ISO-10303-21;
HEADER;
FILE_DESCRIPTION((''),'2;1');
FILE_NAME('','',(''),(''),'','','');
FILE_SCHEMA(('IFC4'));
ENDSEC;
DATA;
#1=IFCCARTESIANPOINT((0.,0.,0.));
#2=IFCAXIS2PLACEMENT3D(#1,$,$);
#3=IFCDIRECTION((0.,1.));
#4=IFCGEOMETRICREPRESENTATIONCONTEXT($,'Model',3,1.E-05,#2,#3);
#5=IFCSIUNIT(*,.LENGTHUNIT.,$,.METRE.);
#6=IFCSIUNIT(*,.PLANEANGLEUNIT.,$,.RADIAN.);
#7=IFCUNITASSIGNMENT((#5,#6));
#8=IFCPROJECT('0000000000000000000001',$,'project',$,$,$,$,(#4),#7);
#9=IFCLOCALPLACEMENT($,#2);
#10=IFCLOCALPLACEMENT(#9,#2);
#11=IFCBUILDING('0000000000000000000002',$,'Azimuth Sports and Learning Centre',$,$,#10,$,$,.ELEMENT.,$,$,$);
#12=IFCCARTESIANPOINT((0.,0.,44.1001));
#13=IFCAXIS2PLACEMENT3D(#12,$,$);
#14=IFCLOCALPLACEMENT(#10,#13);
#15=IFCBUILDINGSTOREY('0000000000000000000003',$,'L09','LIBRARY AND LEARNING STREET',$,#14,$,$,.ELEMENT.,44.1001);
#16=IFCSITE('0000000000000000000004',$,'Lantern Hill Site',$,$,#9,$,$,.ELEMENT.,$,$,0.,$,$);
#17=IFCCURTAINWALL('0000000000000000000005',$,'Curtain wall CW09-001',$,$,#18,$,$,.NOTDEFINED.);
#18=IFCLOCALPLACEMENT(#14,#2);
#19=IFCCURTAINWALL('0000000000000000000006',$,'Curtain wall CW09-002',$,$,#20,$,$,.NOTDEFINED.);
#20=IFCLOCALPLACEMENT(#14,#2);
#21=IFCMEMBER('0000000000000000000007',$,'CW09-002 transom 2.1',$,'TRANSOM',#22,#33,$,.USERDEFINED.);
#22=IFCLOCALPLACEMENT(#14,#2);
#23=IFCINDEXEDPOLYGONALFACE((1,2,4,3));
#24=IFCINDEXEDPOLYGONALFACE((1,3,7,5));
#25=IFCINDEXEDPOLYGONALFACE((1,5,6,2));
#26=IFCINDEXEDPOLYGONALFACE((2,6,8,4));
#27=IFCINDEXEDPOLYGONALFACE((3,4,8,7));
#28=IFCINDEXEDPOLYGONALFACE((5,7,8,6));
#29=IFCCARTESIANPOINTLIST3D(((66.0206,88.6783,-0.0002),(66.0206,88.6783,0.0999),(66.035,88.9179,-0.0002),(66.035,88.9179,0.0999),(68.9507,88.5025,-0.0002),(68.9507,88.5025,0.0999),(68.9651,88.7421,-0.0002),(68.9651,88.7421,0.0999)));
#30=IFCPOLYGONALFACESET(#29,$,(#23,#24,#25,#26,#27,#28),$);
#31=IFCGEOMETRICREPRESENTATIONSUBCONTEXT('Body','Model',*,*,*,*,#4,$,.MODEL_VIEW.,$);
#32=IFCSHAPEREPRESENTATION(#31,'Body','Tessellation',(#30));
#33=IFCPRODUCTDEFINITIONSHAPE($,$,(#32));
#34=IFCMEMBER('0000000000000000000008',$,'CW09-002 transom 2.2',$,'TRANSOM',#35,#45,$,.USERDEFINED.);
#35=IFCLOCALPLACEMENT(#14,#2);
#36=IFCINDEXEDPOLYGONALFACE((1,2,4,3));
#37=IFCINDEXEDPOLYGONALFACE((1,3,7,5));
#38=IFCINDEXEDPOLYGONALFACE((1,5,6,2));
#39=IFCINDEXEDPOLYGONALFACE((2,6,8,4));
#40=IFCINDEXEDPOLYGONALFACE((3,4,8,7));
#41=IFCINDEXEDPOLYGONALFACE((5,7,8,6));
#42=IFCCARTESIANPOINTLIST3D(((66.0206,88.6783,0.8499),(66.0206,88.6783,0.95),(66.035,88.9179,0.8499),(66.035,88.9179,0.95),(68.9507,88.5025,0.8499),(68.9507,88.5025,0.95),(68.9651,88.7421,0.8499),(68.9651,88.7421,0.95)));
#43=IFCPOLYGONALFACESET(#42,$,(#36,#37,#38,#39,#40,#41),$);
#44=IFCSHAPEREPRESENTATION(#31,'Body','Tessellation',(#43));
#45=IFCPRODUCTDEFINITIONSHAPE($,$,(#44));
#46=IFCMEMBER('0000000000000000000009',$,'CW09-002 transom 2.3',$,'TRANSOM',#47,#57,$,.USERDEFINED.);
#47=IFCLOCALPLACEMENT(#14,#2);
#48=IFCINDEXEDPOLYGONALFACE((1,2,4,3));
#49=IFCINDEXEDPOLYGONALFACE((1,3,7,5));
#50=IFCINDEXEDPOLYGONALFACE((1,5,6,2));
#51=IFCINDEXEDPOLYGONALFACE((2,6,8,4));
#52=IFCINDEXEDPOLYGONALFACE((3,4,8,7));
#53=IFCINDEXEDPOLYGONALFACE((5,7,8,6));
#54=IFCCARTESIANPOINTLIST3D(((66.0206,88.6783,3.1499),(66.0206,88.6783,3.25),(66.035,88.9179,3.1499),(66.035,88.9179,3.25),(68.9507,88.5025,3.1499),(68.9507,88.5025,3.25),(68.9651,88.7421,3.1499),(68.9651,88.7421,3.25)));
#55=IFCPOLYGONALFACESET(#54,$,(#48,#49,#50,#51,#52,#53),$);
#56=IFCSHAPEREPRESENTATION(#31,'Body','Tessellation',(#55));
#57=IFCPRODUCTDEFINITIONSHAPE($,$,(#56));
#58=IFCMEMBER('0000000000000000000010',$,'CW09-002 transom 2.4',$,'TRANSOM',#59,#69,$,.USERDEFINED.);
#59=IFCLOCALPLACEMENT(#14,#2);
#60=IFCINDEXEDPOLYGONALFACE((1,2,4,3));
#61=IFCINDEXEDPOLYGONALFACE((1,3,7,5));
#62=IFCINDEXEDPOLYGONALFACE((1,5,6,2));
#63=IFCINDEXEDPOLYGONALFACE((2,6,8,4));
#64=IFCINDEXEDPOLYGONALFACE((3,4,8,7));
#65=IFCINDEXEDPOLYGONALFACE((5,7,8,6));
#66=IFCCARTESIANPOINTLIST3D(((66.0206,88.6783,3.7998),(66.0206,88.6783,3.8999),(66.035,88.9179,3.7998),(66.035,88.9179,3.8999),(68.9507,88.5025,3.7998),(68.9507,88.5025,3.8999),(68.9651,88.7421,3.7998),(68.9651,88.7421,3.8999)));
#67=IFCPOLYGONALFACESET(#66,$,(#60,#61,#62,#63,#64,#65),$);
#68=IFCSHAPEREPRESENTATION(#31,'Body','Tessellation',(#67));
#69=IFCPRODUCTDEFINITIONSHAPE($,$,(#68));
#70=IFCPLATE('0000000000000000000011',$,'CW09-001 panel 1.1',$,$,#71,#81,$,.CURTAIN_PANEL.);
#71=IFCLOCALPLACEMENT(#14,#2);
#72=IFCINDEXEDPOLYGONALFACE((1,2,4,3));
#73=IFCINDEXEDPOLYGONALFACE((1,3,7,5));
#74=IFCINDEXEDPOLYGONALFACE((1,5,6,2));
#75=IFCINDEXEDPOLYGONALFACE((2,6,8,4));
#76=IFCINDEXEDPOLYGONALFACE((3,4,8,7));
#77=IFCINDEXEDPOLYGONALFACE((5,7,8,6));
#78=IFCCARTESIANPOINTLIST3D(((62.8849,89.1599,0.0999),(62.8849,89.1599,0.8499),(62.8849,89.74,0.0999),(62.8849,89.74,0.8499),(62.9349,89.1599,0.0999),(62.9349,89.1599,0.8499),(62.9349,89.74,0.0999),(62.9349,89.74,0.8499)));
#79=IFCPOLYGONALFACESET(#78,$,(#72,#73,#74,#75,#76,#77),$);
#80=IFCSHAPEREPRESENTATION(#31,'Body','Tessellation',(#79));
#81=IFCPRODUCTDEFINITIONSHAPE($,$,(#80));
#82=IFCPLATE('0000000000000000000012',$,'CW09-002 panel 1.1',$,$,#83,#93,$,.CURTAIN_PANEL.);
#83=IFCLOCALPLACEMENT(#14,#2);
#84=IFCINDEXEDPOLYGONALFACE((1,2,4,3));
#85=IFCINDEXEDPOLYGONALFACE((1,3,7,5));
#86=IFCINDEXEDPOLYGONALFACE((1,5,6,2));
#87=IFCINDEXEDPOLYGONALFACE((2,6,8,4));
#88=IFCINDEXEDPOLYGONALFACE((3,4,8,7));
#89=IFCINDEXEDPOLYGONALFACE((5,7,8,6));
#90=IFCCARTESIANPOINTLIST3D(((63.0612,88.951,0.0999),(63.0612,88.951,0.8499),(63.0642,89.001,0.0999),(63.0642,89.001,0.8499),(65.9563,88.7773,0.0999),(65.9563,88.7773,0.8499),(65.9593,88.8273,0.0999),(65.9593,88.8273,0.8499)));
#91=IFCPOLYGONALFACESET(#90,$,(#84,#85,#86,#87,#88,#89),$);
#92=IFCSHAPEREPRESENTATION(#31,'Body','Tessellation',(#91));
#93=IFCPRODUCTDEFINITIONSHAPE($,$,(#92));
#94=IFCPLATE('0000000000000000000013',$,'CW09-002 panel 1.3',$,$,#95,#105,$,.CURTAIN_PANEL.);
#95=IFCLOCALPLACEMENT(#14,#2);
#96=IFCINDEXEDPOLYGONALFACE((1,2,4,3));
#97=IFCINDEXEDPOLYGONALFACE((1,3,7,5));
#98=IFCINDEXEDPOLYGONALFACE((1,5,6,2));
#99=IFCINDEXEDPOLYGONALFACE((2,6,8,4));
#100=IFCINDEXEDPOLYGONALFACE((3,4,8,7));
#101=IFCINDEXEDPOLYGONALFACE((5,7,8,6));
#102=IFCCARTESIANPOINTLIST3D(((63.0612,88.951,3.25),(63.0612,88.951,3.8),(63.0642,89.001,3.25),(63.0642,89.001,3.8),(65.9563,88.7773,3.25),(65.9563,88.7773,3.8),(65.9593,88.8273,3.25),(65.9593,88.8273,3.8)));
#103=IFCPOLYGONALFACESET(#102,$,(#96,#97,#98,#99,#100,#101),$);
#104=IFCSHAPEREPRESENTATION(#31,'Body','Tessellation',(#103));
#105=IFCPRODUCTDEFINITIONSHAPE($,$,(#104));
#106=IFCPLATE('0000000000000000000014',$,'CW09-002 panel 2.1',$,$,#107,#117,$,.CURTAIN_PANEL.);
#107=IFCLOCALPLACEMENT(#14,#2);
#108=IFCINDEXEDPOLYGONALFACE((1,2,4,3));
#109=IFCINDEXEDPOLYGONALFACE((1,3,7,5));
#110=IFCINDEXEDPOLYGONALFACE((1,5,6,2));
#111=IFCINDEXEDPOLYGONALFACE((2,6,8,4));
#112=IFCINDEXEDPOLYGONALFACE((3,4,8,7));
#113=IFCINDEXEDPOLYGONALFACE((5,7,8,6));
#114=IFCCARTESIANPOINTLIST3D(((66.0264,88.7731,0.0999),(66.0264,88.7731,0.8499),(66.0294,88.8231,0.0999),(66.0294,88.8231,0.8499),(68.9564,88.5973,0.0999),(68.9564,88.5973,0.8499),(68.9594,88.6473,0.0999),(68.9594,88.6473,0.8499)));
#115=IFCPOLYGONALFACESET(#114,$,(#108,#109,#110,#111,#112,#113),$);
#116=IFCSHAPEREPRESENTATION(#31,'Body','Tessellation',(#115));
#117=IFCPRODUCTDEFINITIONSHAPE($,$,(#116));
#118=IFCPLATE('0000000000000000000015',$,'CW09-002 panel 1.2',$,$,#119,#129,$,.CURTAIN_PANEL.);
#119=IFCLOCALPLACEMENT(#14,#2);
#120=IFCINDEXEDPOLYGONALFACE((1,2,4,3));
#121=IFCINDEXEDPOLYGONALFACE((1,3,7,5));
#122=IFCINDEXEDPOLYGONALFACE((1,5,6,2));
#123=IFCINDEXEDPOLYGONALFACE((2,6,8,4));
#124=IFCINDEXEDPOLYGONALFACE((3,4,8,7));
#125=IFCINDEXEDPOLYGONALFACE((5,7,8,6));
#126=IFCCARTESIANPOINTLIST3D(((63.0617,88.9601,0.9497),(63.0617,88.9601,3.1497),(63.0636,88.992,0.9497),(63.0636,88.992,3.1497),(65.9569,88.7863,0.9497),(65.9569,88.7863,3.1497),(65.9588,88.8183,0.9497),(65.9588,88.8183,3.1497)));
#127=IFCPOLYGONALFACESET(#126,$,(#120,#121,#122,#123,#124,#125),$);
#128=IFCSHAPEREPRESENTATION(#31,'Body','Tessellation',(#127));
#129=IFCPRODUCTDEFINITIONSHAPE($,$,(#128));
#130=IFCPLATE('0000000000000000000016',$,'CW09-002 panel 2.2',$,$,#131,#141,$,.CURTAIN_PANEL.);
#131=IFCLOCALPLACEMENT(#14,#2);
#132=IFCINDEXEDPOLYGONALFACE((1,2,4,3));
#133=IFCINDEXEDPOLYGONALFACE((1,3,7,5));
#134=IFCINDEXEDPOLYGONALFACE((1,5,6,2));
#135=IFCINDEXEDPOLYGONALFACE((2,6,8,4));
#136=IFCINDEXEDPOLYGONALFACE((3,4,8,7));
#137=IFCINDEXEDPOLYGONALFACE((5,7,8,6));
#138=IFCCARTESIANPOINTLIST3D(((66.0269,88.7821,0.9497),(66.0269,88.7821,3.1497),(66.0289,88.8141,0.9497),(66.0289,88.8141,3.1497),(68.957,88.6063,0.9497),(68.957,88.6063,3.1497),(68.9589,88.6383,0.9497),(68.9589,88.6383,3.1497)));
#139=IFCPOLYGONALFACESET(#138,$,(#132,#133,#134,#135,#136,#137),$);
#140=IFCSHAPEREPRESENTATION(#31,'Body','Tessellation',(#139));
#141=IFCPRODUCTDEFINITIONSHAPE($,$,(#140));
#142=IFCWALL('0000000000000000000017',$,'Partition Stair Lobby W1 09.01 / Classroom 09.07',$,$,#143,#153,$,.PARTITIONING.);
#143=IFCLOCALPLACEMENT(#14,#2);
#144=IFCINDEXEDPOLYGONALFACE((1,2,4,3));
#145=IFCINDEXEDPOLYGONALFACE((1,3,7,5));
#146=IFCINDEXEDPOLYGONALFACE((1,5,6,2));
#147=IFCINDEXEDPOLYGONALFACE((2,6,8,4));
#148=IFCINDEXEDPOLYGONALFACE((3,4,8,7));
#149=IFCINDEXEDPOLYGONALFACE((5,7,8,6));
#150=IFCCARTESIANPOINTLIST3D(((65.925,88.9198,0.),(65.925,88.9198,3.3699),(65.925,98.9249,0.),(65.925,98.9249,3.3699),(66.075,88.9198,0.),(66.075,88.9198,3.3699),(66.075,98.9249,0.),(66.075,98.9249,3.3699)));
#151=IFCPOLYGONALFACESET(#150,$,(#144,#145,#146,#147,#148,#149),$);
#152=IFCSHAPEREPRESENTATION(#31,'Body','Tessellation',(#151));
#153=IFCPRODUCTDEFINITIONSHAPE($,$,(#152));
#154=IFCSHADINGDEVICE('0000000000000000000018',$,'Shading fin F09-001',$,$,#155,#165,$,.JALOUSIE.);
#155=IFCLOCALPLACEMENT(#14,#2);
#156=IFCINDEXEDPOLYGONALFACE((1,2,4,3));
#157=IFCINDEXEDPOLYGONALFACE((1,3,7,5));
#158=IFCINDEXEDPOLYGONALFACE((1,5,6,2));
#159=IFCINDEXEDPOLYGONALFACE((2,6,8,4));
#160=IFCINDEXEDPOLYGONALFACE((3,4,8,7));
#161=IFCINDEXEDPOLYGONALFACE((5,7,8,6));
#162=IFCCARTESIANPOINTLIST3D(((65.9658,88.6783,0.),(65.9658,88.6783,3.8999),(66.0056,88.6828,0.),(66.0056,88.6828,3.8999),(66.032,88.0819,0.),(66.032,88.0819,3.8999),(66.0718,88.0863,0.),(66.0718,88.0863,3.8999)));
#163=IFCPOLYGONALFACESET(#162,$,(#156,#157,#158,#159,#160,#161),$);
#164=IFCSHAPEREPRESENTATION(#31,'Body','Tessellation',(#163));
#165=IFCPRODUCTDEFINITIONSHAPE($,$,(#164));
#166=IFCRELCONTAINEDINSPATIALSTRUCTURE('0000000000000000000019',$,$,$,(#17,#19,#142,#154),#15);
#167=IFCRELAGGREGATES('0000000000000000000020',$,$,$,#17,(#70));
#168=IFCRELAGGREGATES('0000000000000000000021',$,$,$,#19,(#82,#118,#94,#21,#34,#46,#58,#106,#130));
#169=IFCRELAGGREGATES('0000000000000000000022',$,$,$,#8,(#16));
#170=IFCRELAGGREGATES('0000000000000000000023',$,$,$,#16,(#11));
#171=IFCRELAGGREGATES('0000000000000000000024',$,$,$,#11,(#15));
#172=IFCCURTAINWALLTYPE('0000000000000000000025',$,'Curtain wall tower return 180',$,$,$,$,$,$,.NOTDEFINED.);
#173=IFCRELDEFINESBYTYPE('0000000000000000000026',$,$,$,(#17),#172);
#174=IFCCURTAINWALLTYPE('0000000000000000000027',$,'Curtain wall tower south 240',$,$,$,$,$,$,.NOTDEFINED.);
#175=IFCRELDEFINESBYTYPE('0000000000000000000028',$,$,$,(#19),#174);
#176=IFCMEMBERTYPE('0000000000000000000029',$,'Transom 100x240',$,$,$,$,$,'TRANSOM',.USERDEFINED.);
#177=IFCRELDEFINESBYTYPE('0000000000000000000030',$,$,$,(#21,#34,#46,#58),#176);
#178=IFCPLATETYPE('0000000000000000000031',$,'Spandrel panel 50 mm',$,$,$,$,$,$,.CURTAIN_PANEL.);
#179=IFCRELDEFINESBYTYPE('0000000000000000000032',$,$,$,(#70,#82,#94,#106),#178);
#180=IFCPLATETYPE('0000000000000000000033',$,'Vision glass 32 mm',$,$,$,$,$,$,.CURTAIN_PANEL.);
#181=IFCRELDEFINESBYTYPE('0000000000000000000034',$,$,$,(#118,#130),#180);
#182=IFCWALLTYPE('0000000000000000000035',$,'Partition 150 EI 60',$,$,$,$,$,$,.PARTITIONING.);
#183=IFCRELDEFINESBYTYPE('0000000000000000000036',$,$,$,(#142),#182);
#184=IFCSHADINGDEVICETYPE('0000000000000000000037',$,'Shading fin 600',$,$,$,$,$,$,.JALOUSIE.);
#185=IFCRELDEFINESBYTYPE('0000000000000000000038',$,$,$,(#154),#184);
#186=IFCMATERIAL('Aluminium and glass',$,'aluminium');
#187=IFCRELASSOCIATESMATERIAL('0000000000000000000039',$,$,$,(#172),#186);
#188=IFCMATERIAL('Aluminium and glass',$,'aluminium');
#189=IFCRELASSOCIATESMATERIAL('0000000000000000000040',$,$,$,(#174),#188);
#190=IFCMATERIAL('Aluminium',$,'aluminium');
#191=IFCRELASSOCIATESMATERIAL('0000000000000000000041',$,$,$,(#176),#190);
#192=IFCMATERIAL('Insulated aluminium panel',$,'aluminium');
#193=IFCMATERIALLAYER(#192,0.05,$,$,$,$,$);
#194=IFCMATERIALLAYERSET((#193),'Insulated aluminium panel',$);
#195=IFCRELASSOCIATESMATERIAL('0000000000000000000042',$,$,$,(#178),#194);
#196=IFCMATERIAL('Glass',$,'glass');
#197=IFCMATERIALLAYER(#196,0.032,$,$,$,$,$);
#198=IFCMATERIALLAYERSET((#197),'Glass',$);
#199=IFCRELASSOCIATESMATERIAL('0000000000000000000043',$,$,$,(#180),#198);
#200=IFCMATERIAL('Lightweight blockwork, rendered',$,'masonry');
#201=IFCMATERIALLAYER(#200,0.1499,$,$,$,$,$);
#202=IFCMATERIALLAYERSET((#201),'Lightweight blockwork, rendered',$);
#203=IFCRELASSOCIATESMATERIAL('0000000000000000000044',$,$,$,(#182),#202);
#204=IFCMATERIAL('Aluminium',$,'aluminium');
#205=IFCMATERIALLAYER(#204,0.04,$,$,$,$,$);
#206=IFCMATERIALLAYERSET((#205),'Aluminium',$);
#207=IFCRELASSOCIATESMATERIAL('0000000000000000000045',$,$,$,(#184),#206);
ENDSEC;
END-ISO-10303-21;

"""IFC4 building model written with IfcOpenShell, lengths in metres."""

from ifc_helpers import new_model, si_unit, direction, frame, frame_2d, origin, origin_2d, place, context, subcontext, project, spatial, rectangle, extrude, material, layer, layer_set, material_profile, profile_set, type_object, element, aggregate, save


model = new_model("IFC4")

# Units and contexts
model_context = context("Model", 3, precision=1e-05, world=origin(), true_north=direction((0.0, 1.0)))
body_context = subcontext(model_context, "Body", "Model", "MODEL_VIEW")
ifc_project = project(units=[si_unit("LENGTHUNIT", "METRE"), si_unit("PLANEANGLEUNIT", "RADIAN")], contexts=[model_context])

# Site, building, storey
site_placement = place(None, origin())
site = spatial("IfcSite", under=ifc_project, at=site_placement, Name="Lantern Hill Site", CompositionType="ELEMENT", RefElevation=0.0)
building_placement = place(site_placement, origin())
building = spatial("IfcBuilding", under=site, at=building_placement, Name="Azimuth Sports and Learning Centre", CompositionType="ELEMENT")
storey_placement = place(building_placement, frame((0.0, 0.0, 44.1001)))
storey = spatial("IfcBuildingStorey", under=building, at=storey_placement, Name="L09", Description="LIBRARY AND LEARNING STREET", CompositionType="ELEMENT", Elevation=44.1001)

# Curtain wall
ifc_material_1 = material(Name="Aluminium and glass", Category="aluminium")
curtain_wall_type_1 = type_object("IfcCurtainWallType", Name="Curtain wall tower return 180", PredefinedType="NOTDEFINED", material=ifc_material_1)
curtain_wall_1_placement = place(storey_placement, origin())
curtain_wall_1 = element("IfcCurtainWall", 1, at=curtain_wall_1_placement, inside=storey, type_object=curtain_wall_type_1, Name="Curtain wall CW09-001", PredefinedType="NOTDEFINED")

# Curtain wall, members
ifc_material_2 = material(Name="Aluminium and glass", Category="aluminium")
curtain_wall_type_2 = type_object("IfcCurtainWallType", Name="Curtain wall tower south 240", PredefinedType="NOTDEFINED", material=ifc_material_2)
curtain_wall_2_placement = place(storey_placement, origin())
curtain_wall_2 = element("IfcCurtainWall", 2, at=curtain_wall_2_placement, inside=storey, type_object=curtain_wall_type_2, Name="Curtain wall CW09-002", PredefinedType="NOTDEFINED")
ifc_material_3 = material(Name="Aluminium", Category="aluminium")
ifc_material_profile_1 = material_profile(ifc_material_3, rectangle(XDim=0.24, YDim=0.1001, at=origin_2d()), Name="Transom 100x240")
ifc_profile_set_1 = profile_set([ifc_material_profile_1], Name="Aluminium")
member_type_1 = type_object("IfcMemberType", Name="Transom 100x240", ElementType="TRANSOM", PredefinedType="USERDEFINED", material=ifc_profile_set_1)
member_1_placement = place(storey_placement, frame((66.0278, 88.7981, 0.0498), z_axis=(0.998205, -0.059887, 0.0), x_axis=(0.059887, 0.998205, 0.0)))
member_1 = element("IfcMember", 3, at=member_1_placement, type_object=member_type_1, Name="CW09-002 transom 2.1", ObjectType="TRANSOM", PredefinedType="USERDEFINED", context=body_context, shape_type="SweptSolid", body=[
    extrude(rectangle(XDim=0.24, YDim=0.1001, at=origin_2d()), origin(), (0.0, 0.0, 1.0), 2.9353),
])
member_2_placement = place(storey_placement, frame((66.0278, 88.7981, 0.8999), z_axis=(0.998205, -0.059887, 0.0), x_axis=(0.059887, 0.998205, 0.0)))
member_2 = element("IfcMember", 4, at=member_2_placement, type_object=member_type_1, Name="CW09-002 transom 2.2", ObjectType="TRANSOM", PredefinedType="USERDEFINED", context=body_context, shape_type="SweptSolid", body=[
    extrude(rectangle(XDim=0.24, YDim=0.1001, at=origin_2d()), origin(), (0.0, 0.0, 1.0), 2.9353),
])
member_3_placement = place(storey_placement, frame((66.0278, 88.7981, 3.2), z_axis=(0.998205, -0.059887, 0.0), x_axis=(0.059887, 0.998205, 0.0)))
member_3 = element("IfcMember", 5, at=member_3_placement, type_object=member_type_1, Name="CW09-002 transom 2.3", ObjectType="TRANSOM", PredefinedType="USERDEFINED", context=body_context, shape_type="SweptSolid", body=[
    extrude(rectangle(XDim=0.24, YDim=0.1001, at=origin_2d()), origin(), (0.0, 0.0, 1.0), 2.9353),
])
member_4_placement = place(storey_placement, frame((66.0278, 88.7981, 3.8499), z_axis=(0.998205, -0.059887, 0.0), x_axis=(0.059887, 0.998205, 0.0)))
member_4 = element("IfcMember", 6, at=member_4_placement, type_object=member_type_1, Name="CW09-002 transom 2.4", ObjectType="TRANSOM", PredefinedType="USERDEFINED", context=body_context, shape_type="SweptSolid", body=[
    extrude(rectangle(XDim=0.24, YDim=0.1001, at=origin_2d()), origin(), (0.0, 0.0, 1.0), 2.9353),
])

# Plates
ifc_material_4 = material(Name="Insulated aluminium panel", Category="aluminium")
ifc_layer_1 = layer(ifc_material_4, 0.05)
ifc_layer_set_1 = layer_set([ifc_layer_1], Name="Insulated aluminium panel")
plate_type_1 = type_object("IfcPlateType", Name="Spandrel panel 50 mm", PredefinedType="CURTAIN_PANEL", material=ifc_layer_set_1)
plate_1_placement = place(storey_placement, frame((62.9099, 89.45, 0.0999), z_axis=(0.0, 0.0, 1.0), x_axis=(0.0, -1.0, 0.0)))
plate_1 = element("IfcPlate", 7, at=plate_1_placement, type_object=plate_type_1, Name="CW09-001 panel 1.1", PredefinedType="CURTAIN_PANEL", context=body_context, shape_type="SweptSolid", body=[
    extrude(rectangle(XDim=0.5801, YDim=0.05, at=origin_2d()), origin(), (0.0, 0.0, 1.0), 0.75),
])
aggregate(curtain_wall_1, [plate_1])
plate_2_placement = place(storey_placement, frame((64.5103, 88.8892, 0.0999), z_axis=(0.0, 0.0, 1.0), x_axis=(0.998205, -0.059892, 0.0)))
plate_2 = element("IfcPlate", 8, at=plate_2_placement, type_object=plate_type_1, Name="CW09-002 panel 1.1", PredefinedType="CURTAIN_PANEL", context=body_context, shape_type="SweptSolid", body=[
    extrude(rectangle(XDim=2.9004, YDim=0.05, at=origin_2d()), origin(), (0.0, 0.0, 1.0), 0.75),
])
plate_3_placement = place(storey_placement, frame((64.5103, 88.8892, 3.25), z_axis=(0.0, 0.0, 1.0), x_axis=(0.998205, -0.059892, 0.0)))
plate_3 = element("IfcPlate", 9, at=plate_3_placement, type_object=plate_type_1, Name="CW09-002 panel 1.3", PredefinedType="CURTAIN_PANEL", context=body_context, shape_type="SweptSolid", body=[
    extrude(rectangle(XDim=2.9004, YDim=0.05, at=origin_2d()), origin(), (0.0, 0.0, 1.0), 0.55),
])
plate_4_placement = place(storey_placement, frame((67.4929, 88.7102, 0.0999), z_axis=(0.0, 0.0, 1.0), x_axis=(0.998205, -0.059892, 0.0)))
plate_4 = element("IfcPlate", 10, at=plate_4_placement, type_object=plate_type_1, Name="CW09-002 panel 2.1", PredefinedType="CURTAIN_PANEL", context=body_context, shape_type="SweptSolid", body=[
    extrude(rectangle(XDim=2.9353, YDim=0.05, at=origin_2d()), origin(), (0.0, 0.0, 1.0), 0.75),
])
ifc_material_5 = material(Name="Glass", Category="glass")
ifc_layer_2 = layer(ifc_material_5, 0.032)
ifc_layer_set_2 = layer_set([ifc_layer_2], Name="Glass")
plate_type_2 = type_object("IfcPlateType", Name="Vision glass 32 mm", PredefinedType="CURTAIN_PANEL", material=ifc_layer_set_2)
plate_5_placement = place(storey_placement, frame((64.5103, 88.8892, 0.9497), z_axis=(0.0, 0.0, 1.0), x_axis=(0.998205, -0.059892, 0.0)))
plate_5 = element("IfcPlate", 11, at=plate_5_placement, type_object=plate_type_2, Name="CW09-002 panel 1.2", PredefinedType="CURTAIN_PANEL", context=body_context, shape_type="SweptSolid", body=[
    extrude(rectangle(XDim=2.9004, YDim=0.032, at=origin_2d()), origin(), (0.0, 0.0, 1.0), 2.2),
])
plate_6_placement = place(storey_placement, frame((67.4929, 88.7102, 0.9497), z_axis=(0.0, 0.0, 1.0), x_axis=(0.998205, -0.059892, 0.0)))
plate_6 = element("IfcPlate", 12, at=plate_6_placement, type_object=plate_type_2, Name="CW09-002 panel 2.2", PredefinedType="CURTAIN_PANEL", context=body_context, shape_type="SweptSolid", body=[
    extrude(rectangle(XDim=2.9353, YDim=0.032, at=origin_2d()), origin(), (0.0, 0.0, 1.0), 2.2),
])
aggregate(curtain_wall_2, [plate_2, plate_5, plate_3, member_1, member_2, member_3, member_4, plate_4, plate_6])

# Wall
ifc_material_6 = material(Name="Lightweight blockwork, rendered", Category="masonry")
ifc_layer_3 = layer(ifc_material_6, 0.1499)
ifc_layer_set_3 = layer_set([ifc_layer_3], Name="Lightweight blockwork, rendered")
wall_type = type_object("IfcWallType", Name="Partition 150 EI 60", PredefinedType="PARTITIONING", material=ifc_layer_set_3)
wall_placement = place(storey_placement, frame((66.0, 88.9199, 0.0), z_axis=(0.0, 0.0, 1.0), x_axis=(0.0, 1.0, 0.0)))
element("IfcWall", 13, at=wall_placement, inside=storey, type_object=wall_type, Name="Partition Stair Lobby W1 09.01 / Classroom 09.07", PredefinedType="PARTITIONING", context=body_context, shape_type="SweptSolid", body=[
    extrude(rectangle(XDim=10.0051, YDim=0.1499, at=frame_2d((5.0024, 0.0))), origin(), (0.0, 0.0, 1.0), 3.3699),
])

# Shading device
ifc_material_7 = material(Name="Aluminium", Category="aluminium")
ifc_layer_4 = layer(ifc_material_7, 0.04)
ifc_layer_set_4 = layer_set([ifc_layer_4], Name="Aluminium")
shading_device_type = type_object("IfcShadingDeviceType", Name="Shading fin 600", PredefinedType="JALOUSIE", material=ifc_layer_set_4)
shading_device_placement = place(storey_placement, frame((66.0188, 88.3823, 0.0), z_axis=(0.0, 0.0, 1.0), x_axis=(0.110221, -0.993907, 0.0)))
element("IfcShadingDevice", 14, at=shading_device_placement, inside=storey, type_object=shading_device_type, Name="Shading fin F09-001", PredefinedType="JALOUSIE", context=body_context, shape_type="SweptSolid", body=[
    extrude(rectangle(XDim=0.6001, YDim=0.04, at=origin_2d()), origin(), (0.0, 0.0, 1.0), 3.8999),
])

save(model, "model.ifc")
